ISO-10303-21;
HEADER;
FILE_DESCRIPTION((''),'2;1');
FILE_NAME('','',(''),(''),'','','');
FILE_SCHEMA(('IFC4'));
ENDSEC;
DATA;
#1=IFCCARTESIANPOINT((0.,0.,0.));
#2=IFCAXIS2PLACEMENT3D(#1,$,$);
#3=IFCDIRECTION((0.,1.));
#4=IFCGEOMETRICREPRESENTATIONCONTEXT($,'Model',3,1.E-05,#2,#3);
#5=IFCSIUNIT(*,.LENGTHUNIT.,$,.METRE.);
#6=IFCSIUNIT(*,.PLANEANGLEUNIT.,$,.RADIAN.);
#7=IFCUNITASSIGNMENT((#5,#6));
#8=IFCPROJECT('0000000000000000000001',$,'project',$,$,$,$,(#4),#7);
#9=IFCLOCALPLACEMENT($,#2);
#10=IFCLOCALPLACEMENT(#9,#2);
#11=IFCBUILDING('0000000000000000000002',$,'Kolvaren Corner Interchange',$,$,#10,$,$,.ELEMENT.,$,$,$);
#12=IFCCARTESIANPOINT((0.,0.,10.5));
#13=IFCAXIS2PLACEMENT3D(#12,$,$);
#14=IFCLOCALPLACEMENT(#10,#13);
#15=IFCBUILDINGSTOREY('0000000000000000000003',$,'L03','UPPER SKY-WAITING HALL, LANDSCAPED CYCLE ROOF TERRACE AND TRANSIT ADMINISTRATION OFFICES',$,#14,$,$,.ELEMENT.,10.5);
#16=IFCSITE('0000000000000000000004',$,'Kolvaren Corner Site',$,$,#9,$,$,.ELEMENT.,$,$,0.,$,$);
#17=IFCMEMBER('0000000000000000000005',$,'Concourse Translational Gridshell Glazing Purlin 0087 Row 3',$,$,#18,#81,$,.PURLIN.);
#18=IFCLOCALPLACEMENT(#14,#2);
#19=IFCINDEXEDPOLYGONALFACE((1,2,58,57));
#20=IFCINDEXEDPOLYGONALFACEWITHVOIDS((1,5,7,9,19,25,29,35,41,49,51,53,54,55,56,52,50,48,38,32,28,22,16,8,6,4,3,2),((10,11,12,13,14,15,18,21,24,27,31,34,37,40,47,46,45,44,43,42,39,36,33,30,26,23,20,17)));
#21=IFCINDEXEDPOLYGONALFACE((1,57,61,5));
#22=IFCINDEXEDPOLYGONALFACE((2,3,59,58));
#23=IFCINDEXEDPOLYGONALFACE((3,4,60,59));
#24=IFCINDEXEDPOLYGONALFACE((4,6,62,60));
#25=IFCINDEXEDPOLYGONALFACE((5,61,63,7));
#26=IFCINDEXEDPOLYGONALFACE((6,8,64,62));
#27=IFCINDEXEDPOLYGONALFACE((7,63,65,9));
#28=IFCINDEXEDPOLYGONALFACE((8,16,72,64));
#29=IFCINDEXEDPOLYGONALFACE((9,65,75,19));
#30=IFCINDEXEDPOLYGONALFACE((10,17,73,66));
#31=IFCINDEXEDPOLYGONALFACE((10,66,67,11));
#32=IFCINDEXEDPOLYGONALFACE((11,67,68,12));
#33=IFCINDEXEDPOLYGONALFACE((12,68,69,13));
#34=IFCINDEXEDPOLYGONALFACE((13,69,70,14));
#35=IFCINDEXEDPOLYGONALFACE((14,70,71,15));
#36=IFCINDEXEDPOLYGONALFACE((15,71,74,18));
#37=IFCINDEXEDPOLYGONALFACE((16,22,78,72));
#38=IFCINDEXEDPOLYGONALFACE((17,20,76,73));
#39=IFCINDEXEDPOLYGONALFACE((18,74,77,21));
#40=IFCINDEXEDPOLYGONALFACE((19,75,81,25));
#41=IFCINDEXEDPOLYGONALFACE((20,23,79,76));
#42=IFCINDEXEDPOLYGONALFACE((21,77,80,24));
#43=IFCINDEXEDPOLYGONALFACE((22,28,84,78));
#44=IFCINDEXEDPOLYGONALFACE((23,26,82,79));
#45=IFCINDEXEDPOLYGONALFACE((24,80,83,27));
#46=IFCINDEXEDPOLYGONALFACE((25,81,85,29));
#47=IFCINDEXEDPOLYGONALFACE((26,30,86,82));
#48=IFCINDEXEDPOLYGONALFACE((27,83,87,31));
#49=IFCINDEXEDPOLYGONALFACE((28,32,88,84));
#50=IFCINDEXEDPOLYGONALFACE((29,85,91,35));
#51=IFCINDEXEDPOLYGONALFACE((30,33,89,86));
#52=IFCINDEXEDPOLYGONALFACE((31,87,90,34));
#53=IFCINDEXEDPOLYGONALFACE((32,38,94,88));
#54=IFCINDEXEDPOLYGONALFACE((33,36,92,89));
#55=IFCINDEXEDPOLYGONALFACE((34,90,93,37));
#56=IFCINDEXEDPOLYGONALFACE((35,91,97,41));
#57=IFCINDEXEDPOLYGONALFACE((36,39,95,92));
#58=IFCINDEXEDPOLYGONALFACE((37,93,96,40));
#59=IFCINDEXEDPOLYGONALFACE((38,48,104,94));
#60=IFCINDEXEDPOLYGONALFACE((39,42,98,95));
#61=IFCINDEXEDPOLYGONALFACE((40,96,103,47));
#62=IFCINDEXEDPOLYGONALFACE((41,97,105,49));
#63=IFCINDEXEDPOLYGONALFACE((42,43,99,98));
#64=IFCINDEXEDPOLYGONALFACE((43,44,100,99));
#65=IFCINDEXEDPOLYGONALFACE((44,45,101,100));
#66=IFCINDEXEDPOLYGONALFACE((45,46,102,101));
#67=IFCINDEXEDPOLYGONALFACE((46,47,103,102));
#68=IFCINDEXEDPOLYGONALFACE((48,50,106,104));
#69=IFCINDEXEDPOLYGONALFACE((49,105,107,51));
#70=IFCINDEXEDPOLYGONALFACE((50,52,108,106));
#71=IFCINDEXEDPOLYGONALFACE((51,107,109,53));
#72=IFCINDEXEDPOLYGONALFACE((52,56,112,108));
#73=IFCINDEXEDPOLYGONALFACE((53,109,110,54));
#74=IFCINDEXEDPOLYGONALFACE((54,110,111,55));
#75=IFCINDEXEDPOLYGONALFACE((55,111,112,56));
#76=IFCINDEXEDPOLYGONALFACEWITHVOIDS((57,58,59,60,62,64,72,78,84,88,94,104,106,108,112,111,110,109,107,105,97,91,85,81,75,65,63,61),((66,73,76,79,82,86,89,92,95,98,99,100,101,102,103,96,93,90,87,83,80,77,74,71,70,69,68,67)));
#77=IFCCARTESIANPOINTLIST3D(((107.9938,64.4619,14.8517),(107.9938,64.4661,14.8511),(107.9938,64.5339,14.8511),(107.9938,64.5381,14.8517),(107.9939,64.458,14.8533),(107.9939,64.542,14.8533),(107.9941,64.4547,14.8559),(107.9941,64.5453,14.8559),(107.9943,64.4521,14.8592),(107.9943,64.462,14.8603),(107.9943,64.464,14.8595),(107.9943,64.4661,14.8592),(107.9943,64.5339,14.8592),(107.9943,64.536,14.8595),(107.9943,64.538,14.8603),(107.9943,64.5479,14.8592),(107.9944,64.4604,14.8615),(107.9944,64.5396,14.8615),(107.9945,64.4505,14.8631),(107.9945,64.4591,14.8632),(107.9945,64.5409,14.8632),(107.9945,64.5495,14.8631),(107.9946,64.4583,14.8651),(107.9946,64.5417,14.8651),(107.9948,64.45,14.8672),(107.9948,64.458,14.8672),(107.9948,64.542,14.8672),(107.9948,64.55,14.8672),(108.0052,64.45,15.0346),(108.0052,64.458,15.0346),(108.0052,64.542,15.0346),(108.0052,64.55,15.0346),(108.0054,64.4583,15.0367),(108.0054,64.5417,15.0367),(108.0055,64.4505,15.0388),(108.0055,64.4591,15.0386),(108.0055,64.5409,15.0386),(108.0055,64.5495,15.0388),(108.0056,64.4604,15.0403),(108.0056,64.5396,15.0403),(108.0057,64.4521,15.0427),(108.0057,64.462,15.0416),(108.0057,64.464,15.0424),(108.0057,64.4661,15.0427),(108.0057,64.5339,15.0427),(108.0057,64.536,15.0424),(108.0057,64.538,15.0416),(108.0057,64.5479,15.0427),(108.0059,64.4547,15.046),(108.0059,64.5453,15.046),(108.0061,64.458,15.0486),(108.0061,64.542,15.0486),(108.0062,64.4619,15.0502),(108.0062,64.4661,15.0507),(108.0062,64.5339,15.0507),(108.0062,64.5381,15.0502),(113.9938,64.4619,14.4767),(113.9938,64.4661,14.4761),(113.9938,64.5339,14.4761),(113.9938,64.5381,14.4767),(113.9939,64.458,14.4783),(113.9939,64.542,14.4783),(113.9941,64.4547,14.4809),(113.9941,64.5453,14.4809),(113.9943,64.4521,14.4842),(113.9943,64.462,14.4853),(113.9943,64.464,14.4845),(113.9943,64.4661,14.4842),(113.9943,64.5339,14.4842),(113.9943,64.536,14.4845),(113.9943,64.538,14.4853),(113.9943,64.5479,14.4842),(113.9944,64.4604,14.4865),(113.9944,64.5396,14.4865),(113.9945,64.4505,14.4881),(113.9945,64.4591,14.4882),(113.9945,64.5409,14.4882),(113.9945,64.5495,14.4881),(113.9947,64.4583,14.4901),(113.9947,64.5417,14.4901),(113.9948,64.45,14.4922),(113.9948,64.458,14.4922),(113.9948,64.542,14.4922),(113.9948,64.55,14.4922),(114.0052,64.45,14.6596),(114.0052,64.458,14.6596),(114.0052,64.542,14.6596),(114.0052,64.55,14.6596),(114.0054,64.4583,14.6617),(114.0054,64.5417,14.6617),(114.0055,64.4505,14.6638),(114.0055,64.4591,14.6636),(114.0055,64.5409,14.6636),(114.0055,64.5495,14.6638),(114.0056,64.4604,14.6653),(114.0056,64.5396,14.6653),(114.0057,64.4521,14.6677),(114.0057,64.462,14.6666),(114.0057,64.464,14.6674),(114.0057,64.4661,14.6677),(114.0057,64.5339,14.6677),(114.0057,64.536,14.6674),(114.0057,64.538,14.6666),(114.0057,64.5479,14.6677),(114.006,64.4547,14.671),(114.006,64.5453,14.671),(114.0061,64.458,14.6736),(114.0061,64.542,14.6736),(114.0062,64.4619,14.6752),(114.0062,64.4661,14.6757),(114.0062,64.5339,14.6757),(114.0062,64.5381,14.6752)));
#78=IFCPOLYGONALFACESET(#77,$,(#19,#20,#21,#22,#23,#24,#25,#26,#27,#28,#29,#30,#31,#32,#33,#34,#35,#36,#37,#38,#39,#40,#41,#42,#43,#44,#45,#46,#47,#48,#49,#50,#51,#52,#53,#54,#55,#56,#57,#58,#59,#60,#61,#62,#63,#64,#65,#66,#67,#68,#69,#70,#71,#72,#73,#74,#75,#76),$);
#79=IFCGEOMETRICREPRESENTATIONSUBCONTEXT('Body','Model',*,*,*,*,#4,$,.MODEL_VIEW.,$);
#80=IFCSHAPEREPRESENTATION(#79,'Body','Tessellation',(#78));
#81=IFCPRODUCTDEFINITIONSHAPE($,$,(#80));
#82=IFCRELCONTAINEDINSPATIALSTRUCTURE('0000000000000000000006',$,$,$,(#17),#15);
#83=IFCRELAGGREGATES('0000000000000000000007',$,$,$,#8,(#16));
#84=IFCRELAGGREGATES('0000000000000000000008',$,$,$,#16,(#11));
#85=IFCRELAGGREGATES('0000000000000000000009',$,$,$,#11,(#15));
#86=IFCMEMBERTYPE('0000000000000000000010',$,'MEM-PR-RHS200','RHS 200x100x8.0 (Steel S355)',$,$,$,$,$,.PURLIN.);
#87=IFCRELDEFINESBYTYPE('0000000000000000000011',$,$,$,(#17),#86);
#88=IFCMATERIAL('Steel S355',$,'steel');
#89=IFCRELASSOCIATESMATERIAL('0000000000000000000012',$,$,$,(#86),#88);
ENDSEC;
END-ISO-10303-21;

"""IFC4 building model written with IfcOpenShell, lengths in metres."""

from ifc_helpers import new_model, si_unit, direction, frame, origin, origin_2d, place, context, subcontext, project, spatial, hollow_rectangle, extrude, material, material_profile, profile_set, type_object, element, save


model = new_model("IFC4")

# Units and contexts
model_context = context("Model", 3, precision=1e-05, world=origin(), true_north=direction((0.0, 1.0)))
body_context = subcontext(model_context, "Body", "Model", "MODEL_VIEW")
ifc_project = project(units=[si_unit("LENGTHUNIT", "METRE"), si_unit("PLANEANGLEUNIT", "RADIAN")], contexts=[model_context])

# Site, building, storey
site_placement = place(None, origin())
site = spatial("IfcSite", under=ifc_project, at=site_placement, Name="Kolvaren Corner Site", CompositionType="ELEMENT", RefElevation=0.0)
building_placement = place(site_placement, origin())
building = spatial("IfcBuilding", under=site, at=building_placement, Name="Kolvaren Corner Interchange", CompositionType="ELEMENT")
storey_placement = place(building_placement, frame((0.0, 0.0, 10.5)))
storey = spatial("IfcBuildingStorey", under=building, at=storey_placement, Name="L03", Description="UPPER SKY-WAITING HALL, LANDSCAPED CYCLE ROOF TERRACE AND TRANSIT ADMINISTRATION OFFICES", CompositionType="ELEMENT", Elevation=10.5)

# Member
ifc_material_1 = material(Name="Steel S355", Category="steel")
ifc_material_profile_1 = material_profile(ifc_material_1, hollow_rectangle(XDim=0.1001, YDim=0.2, WallThickness=0.0081, InnerFilletRadius=0.0081, OuterFilletRadius=0.0161, at=origin_2d()), Name="RHS 200x100x8.0")
ifc_profile_set_1 = profile_set([ifc_material_profile_1], Name="Steel S355")
member_type_1 = type_object("IfcMemberType", Name="MEM-PR-RHS200", Description="RHS 200x100x8.0 (Steel S355)", PredefinedType="PURLIN", material=ifc_profile_set_1)
member_1_placement = place(storey_placement, frame((108.0, 64.5, 14.9509), z_axis=(0.998053, 0.0, -0.062378), x_axis=(0.0, 1.0, 0.0)))
element("IfcMember", 1, at=member_1_placement, inside=storey, type_object=member_type_1, Name="Concourse Translational Gridshell Glazing Purlin 0087 Row 3", PredefinedType="PURLIN", context=body_context, shape_type="SweptSolid", body=[
    extrude(hollow_rectangle(XDim=0.1001, YDim=0.2, WallThickness=0.0081, InnerFilletRadius=0.0081, OuterFilletRadius=0.0161, at=origin_2d()), origin(), (0.0, 0.0, 1.0), 6.0117),
])

save(model, "model.ifc")
